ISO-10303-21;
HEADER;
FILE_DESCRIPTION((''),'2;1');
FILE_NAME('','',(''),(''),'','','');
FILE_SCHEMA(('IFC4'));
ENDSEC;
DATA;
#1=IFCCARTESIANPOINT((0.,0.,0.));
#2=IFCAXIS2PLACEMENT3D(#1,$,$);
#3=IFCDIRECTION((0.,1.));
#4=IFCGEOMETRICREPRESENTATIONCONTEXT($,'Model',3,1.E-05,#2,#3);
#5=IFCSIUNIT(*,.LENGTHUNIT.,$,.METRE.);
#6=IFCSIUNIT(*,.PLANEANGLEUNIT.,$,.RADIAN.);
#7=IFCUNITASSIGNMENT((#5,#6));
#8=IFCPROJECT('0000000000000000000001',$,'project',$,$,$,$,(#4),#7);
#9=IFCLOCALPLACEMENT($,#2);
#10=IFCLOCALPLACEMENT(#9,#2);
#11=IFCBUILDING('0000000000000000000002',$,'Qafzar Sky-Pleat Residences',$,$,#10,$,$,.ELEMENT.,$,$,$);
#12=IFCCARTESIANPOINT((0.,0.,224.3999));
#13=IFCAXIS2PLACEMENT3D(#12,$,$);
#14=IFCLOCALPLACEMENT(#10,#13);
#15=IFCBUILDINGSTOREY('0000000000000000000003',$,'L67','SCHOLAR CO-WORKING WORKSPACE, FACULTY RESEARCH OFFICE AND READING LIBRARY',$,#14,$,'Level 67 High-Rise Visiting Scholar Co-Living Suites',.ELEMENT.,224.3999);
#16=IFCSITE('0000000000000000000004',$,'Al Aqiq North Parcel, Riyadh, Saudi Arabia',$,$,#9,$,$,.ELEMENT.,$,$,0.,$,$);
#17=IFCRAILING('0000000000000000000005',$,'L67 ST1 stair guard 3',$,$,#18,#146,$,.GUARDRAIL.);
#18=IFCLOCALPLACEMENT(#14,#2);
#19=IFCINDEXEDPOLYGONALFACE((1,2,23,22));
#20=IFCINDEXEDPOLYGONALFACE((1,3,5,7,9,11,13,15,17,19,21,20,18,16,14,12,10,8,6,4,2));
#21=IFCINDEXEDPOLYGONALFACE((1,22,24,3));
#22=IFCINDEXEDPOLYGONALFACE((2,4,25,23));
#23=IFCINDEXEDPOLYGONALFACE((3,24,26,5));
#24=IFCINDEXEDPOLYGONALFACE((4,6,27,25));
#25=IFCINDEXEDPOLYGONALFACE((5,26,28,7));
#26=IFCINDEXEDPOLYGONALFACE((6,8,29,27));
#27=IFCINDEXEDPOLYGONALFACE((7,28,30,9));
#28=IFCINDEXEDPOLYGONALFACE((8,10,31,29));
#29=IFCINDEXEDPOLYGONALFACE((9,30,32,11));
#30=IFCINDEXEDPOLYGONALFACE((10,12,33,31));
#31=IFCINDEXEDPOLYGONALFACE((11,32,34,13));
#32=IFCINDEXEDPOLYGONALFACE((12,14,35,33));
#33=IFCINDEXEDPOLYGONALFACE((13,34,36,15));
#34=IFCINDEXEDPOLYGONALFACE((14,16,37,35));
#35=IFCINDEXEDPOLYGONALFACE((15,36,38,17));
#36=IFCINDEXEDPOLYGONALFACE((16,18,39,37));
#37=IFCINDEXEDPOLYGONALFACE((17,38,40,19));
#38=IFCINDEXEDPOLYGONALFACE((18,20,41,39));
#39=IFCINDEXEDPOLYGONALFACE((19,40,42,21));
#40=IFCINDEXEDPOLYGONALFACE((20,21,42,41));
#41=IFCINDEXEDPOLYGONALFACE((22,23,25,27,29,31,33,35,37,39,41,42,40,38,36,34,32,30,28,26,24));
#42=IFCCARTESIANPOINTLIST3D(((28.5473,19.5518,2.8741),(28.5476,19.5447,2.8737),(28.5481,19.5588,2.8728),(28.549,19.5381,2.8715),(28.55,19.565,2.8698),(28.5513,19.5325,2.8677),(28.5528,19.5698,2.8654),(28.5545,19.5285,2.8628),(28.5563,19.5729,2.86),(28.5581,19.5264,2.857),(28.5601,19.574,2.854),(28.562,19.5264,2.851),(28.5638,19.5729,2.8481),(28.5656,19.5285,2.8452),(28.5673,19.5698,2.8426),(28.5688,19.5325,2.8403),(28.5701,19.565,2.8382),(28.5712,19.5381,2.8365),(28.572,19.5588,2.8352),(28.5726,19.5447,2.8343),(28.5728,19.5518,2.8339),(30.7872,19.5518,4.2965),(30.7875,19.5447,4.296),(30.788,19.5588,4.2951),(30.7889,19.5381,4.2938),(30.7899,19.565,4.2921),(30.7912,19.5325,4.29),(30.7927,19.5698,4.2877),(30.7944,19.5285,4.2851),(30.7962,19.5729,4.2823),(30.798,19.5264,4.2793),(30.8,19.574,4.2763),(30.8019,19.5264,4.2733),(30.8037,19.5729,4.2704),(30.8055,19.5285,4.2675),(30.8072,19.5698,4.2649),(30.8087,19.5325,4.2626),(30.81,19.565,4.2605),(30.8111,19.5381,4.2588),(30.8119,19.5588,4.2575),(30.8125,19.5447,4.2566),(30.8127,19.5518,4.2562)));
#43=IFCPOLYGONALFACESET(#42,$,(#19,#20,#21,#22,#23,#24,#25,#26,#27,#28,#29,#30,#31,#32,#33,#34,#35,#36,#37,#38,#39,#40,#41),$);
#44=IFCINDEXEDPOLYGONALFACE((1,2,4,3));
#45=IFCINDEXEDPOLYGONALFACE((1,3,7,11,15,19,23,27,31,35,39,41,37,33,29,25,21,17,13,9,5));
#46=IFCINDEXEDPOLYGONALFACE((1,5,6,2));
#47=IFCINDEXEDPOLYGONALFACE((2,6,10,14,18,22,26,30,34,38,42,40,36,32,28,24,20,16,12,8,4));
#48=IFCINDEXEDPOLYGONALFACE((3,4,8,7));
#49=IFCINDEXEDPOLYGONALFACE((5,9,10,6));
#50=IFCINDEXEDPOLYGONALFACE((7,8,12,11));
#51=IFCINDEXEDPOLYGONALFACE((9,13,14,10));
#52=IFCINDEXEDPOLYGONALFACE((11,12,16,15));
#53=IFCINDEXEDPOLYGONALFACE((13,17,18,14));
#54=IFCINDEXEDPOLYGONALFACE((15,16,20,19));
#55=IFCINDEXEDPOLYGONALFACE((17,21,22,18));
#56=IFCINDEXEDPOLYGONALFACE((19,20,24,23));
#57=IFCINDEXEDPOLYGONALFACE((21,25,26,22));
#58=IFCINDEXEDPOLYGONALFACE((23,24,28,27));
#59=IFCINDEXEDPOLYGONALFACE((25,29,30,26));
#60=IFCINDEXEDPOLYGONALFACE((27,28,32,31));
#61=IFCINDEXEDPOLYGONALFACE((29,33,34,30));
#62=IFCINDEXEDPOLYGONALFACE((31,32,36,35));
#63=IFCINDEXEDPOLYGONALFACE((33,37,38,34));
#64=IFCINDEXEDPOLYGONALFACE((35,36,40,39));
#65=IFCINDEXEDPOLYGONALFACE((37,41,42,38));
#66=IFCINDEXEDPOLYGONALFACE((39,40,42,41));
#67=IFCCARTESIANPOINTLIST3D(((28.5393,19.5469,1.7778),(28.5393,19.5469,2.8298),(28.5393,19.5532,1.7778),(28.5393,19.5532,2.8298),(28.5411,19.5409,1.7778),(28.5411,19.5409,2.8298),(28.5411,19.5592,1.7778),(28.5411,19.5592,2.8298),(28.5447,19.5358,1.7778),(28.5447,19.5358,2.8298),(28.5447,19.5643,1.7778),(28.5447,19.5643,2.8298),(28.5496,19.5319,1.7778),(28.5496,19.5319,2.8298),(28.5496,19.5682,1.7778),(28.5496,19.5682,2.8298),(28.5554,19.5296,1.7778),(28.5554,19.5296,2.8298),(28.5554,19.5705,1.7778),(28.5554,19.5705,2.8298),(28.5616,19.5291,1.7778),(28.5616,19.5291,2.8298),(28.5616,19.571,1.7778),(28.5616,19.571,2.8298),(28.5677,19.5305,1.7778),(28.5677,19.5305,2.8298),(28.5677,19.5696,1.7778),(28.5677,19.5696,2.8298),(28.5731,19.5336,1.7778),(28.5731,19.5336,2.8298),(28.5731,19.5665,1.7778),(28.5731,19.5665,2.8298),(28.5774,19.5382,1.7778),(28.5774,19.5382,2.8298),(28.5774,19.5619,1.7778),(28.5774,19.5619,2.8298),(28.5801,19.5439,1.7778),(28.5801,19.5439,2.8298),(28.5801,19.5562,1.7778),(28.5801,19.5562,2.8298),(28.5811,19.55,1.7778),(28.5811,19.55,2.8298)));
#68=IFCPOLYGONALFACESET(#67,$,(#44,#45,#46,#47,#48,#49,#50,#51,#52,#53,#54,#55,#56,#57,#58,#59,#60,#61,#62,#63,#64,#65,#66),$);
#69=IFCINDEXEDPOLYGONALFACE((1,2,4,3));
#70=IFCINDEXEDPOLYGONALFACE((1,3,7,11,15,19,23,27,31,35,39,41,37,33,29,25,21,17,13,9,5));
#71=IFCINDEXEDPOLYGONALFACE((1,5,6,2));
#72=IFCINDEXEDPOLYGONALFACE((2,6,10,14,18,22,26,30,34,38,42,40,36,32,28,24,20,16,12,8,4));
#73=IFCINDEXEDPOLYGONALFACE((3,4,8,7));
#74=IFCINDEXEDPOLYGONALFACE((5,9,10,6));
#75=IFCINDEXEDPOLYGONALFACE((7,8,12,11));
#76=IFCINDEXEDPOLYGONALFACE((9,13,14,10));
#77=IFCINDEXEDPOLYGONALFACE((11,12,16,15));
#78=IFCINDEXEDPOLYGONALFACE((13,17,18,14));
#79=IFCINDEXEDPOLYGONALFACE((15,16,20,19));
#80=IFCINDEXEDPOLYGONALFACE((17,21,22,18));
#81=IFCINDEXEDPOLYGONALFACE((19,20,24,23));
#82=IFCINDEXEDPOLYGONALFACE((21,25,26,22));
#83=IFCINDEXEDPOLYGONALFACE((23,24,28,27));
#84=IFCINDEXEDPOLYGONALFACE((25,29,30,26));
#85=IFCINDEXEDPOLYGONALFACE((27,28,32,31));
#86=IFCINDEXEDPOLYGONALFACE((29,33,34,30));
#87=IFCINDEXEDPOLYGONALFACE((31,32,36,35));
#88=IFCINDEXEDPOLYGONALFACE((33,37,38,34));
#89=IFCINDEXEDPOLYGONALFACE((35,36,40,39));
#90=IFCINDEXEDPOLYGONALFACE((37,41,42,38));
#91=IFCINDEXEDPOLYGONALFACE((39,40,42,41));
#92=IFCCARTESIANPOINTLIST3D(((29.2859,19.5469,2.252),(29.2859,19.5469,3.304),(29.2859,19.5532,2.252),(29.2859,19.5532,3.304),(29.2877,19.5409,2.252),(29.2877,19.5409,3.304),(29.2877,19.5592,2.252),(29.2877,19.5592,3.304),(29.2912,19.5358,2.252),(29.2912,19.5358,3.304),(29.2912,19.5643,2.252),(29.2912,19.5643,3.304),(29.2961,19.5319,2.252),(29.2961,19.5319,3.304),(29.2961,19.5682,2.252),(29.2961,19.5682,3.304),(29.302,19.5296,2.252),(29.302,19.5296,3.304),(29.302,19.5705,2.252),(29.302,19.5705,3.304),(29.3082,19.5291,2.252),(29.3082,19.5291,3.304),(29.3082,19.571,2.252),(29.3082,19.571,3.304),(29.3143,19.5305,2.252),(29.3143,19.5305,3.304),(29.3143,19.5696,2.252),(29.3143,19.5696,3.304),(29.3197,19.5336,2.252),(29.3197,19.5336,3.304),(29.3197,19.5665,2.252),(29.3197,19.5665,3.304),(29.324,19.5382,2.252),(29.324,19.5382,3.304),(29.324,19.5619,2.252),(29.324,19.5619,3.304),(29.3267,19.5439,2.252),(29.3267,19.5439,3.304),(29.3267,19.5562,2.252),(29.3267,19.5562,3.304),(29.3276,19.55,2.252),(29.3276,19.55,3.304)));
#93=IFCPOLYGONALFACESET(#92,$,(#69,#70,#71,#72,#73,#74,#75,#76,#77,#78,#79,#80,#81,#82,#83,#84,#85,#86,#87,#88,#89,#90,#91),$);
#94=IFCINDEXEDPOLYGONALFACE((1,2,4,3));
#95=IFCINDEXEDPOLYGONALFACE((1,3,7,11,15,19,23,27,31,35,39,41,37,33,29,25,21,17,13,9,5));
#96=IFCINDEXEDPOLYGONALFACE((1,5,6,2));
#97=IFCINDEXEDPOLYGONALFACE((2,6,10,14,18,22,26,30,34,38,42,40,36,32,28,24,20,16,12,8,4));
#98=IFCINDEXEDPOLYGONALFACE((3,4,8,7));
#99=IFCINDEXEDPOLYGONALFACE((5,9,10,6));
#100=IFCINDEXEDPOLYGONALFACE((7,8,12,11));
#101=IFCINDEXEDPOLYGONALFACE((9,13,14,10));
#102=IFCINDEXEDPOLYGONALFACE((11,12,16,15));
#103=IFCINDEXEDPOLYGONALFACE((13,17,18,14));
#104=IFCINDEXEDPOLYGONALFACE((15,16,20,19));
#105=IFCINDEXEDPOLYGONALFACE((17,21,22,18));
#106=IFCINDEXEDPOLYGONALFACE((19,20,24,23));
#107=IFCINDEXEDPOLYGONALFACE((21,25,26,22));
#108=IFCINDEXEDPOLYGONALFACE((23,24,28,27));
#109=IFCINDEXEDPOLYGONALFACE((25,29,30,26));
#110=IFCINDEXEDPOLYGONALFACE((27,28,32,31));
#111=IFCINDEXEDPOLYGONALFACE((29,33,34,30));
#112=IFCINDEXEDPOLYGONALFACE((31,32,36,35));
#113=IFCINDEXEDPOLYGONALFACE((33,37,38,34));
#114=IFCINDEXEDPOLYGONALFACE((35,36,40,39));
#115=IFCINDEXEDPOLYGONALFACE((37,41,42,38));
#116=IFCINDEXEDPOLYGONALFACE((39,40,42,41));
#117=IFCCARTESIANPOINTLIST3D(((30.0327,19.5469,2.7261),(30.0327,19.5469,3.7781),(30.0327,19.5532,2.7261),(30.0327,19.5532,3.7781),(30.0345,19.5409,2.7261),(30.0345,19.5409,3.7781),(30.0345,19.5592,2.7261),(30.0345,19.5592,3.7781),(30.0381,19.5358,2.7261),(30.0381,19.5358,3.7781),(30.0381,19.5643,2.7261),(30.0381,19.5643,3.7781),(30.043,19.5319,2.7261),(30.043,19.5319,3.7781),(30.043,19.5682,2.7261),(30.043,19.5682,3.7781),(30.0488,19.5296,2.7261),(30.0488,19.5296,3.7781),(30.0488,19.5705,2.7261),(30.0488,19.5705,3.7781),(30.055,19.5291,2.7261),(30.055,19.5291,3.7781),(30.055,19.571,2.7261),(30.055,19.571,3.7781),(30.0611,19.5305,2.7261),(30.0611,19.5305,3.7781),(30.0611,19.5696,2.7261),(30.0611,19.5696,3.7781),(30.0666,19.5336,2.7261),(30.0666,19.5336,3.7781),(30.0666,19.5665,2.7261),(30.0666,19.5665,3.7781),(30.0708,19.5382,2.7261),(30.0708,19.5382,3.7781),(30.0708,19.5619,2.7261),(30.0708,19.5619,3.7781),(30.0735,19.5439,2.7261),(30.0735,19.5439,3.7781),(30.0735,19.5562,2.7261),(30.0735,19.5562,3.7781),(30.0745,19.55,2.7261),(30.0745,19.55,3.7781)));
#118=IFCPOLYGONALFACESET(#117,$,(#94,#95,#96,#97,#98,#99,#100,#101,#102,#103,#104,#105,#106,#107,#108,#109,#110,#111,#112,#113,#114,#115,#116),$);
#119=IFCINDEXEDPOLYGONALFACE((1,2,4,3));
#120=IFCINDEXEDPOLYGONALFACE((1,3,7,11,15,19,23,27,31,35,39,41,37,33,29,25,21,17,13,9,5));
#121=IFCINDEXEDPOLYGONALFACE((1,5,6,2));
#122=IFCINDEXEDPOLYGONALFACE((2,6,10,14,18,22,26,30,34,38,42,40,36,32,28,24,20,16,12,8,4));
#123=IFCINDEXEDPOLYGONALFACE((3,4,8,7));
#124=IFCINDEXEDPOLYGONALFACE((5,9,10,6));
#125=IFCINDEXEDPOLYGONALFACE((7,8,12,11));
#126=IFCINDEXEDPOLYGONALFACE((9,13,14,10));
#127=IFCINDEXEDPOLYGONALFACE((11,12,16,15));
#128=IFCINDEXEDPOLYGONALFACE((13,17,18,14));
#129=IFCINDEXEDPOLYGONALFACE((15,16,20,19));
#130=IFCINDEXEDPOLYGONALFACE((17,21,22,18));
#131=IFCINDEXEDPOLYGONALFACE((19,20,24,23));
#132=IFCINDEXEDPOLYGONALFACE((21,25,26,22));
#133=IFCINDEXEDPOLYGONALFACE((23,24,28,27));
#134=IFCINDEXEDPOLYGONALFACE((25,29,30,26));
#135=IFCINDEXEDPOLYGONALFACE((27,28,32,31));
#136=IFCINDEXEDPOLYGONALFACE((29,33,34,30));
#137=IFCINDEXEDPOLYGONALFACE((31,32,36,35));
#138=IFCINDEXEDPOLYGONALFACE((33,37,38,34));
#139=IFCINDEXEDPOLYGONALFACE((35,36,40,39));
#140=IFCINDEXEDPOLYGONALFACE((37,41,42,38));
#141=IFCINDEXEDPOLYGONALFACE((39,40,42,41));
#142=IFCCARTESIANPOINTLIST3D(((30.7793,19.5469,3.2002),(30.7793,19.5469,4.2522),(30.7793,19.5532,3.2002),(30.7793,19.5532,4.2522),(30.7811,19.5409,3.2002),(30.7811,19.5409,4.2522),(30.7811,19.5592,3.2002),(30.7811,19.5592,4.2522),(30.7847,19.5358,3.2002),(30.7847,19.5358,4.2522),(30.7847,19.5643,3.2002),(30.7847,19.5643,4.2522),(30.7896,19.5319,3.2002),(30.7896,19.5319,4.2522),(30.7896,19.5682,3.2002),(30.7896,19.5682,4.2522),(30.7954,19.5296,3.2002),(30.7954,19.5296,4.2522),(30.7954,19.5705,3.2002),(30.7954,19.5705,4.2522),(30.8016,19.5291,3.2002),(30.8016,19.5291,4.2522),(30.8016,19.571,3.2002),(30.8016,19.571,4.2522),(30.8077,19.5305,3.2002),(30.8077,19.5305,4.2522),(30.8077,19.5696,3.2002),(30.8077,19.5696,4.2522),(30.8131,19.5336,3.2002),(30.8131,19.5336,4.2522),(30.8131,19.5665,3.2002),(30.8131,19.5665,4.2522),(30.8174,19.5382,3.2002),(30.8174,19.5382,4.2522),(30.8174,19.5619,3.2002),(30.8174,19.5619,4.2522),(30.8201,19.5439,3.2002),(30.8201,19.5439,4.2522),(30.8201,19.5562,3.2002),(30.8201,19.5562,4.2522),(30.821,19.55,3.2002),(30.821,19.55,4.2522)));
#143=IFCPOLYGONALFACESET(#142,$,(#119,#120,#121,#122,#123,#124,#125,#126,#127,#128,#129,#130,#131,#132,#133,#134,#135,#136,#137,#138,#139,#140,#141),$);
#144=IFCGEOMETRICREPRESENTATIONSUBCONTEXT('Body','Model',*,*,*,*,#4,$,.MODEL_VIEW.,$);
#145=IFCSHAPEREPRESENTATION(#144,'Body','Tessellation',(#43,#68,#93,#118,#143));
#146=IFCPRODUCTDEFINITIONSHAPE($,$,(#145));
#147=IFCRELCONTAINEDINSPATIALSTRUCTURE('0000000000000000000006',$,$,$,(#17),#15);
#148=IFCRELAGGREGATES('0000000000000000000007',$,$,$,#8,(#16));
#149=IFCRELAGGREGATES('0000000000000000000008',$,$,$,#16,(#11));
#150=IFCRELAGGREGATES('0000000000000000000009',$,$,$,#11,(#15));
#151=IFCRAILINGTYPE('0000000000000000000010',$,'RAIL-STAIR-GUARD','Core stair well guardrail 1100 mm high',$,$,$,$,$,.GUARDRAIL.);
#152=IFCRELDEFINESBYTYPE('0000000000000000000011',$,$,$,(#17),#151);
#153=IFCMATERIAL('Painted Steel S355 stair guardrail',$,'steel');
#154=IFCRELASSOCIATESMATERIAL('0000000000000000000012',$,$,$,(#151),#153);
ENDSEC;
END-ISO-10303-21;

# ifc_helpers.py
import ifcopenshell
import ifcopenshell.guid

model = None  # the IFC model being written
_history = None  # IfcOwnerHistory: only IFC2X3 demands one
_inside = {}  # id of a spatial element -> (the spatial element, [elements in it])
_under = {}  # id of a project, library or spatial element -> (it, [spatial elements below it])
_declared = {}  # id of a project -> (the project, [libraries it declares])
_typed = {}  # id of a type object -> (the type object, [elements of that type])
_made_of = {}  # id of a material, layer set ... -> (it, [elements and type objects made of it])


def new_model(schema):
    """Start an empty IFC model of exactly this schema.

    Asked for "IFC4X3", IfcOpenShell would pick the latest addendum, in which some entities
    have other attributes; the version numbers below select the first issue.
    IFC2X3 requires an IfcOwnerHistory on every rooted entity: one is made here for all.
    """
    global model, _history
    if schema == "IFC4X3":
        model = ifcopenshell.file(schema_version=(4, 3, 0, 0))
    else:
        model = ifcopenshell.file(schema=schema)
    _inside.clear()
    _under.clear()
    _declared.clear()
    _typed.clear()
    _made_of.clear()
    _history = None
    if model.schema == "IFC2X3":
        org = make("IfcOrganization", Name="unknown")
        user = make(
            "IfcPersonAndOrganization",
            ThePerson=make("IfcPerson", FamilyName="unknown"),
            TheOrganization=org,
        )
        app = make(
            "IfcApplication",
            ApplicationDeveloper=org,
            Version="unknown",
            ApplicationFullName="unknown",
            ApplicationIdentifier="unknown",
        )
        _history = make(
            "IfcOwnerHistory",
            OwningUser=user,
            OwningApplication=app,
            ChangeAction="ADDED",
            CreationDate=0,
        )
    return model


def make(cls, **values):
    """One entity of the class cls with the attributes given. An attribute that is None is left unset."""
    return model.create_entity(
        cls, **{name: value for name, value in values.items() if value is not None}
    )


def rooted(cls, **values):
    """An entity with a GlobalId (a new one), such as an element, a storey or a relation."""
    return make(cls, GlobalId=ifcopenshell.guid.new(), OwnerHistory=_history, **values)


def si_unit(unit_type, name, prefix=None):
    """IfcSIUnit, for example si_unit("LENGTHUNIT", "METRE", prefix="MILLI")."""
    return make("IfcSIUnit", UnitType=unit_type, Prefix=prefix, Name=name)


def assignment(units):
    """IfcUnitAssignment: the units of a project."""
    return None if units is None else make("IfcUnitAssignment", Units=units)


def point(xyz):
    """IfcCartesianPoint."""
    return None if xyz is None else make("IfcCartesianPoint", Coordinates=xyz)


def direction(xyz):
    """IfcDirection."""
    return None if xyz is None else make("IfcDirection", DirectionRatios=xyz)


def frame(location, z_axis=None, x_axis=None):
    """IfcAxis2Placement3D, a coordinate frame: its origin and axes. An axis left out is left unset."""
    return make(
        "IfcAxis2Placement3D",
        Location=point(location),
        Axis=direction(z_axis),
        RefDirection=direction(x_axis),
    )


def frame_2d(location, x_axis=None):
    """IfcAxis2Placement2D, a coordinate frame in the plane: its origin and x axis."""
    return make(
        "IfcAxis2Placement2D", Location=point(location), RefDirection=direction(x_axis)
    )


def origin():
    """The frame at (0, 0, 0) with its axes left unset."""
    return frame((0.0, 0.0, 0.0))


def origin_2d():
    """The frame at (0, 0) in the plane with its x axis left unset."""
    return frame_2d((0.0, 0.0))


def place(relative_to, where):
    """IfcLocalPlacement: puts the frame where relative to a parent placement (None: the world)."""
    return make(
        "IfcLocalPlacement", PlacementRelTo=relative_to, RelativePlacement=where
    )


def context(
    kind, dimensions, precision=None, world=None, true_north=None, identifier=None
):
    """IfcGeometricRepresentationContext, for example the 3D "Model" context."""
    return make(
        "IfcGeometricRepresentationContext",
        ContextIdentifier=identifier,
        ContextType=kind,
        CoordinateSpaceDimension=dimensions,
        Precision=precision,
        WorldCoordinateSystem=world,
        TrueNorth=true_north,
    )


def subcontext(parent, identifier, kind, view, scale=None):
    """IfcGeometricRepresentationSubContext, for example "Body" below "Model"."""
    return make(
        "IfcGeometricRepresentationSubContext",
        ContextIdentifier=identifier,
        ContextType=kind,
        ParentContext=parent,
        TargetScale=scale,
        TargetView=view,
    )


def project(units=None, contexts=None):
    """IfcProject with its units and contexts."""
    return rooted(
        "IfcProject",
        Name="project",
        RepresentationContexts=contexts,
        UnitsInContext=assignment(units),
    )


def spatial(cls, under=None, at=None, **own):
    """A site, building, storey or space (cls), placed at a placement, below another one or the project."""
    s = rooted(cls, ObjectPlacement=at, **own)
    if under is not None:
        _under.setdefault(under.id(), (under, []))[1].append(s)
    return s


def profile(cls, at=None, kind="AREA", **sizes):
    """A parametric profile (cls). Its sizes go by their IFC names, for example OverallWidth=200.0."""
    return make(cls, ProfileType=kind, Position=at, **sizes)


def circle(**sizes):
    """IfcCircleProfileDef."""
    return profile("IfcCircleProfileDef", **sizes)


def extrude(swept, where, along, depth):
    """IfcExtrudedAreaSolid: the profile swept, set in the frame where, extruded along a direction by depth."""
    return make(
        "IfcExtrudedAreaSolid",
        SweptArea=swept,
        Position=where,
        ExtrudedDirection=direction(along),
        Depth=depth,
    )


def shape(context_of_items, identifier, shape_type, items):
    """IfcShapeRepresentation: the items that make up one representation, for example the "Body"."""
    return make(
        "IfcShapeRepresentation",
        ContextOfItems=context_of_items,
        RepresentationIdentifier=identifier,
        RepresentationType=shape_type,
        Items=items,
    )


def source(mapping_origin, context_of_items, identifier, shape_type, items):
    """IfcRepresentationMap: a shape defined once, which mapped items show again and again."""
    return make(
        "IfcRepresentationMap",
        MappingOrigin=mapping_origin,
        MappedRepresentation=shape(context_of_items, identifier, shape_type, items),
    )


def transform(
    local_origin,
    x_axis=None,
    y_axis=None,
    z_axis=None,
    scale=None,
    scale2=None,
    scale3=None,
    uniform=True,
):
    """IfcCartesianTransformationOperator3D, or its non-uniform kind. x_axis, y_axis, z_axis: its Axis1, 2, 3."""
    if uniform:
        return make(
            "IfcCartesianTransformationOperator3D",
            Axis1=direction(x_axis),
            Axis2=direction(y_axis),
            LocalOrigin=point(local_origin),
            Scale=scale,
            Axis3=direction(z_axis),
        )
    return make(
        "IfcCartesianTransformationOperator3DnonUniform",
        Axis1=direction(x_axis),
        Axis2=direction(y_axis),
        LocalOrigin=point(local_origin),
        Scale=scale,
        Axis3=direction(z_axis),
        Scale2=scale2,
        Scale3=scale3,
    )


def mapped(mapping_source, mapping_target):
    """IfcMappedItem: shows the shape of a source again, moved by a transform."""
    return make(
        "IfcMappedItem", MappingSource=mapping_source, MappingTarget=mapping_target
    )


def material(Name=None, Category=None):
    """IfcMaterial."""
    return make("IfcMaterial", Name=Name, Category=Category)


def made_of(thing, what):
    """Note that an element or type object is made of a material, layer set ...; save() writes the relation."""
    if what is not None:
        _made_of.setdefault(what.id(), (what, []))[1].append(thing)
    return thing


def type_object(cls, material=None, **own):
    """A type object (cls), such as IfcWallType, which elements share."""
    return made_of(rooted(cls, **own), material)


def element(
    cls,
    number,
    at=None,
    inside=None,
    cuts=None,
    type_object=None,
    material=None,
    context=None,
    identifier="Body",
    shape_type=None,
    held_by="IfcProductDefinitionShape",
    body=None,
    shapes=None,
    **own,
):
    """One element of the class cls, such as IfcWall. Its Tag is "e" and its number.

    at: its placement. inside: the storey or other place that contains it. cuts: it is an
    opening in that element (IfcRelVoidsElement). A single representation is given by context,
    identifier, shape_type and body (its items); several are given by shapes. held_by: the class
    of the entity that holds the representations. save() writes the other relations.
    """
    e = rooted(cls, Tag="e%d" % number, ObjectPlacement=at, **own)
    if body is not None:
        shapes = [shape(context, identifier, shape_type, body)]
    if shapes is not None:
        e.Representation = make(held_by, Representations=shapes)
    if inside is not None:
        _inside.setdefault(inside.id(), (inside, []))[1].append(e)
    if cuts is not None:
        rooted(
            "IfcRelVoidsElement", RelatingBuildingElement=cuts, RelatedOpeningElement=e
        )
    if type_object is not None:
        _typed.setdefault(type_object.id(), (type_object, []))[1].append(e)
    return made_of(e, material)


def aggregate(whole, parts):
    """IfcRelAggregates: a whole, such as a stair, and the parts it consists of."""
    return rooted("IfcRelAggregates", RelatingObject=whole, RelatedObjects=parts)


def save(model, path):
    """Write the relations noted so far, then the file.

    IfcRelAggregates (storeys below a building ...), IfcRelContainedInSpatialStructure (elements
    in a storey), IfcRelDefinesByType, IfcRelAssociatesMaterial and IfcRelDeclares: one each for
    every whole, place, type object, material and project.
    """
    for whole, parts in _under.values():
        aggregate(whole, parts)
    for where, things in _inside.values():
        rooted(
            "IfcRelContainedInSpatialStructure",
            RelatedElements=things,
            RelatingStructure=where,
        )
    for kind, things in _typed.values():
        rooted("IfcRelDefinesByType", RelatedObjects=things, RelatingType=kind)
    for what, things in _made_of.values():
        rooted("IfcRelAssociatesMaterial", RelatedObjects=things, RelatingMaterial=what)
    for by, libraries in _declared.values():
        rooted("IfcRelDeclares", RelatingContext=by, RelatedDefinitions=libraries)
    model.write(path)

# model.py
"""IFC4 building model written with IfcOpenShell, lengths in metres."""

from ifc_helpers import new_model, si_unit, direction, frame, origin, origin_2d, place, context, subcontext, project, spatial, circle, extrude, source, transform, mapped, material, type_object, element, save


model = new_model("IFC4")

# Units and contexts
model_context = context("Model", 3, precision=1e-05, world=origin(), true_north=direction((0.0, 1.0)))
body_context = subcontext(model_context, "Body", "Model", "MODEL_VIEW")
ifc_project = project(units=[si_unit("LENGTHUNIT", "METRE"), si_unit("PLANEANGLEUNIT", "RADIAN")], contexts=[model_context])

# Site, building, storey
site_placement = place(None, origin())
site = spatial("IfcSite", under=ifc_project, at=site_placement, Name="Al Aqiq North Parcel, Riyadh, Saudi Arabia", CompositionType="ELEMENT", RefElevation=0.0)
building_placement = place(site_placement, origin())
building = spatial("IfcBuilding", under=site, at=building_placement, Name="Qafzar Sky-Pleat Residences", CompositionType="ELEMENT")
storey_placement = place(building_placement, frame((0.0, 0.0, 224.3999)))
storey = spatial("IfcBuildingStorey", under=building, at=storey_placement, Name="L67", Description="SCHOLAR CO-WORKING WORKSPACE, FACULTY RESEARCH OFFICE AND READING LIBRARY", LongName="Level 67 High-Rise Visiting Scholar Co-Living Suites", CompositionType="ELEMENT", Elevation=224.3999)

# Railing
ifc_material_1 = material(Name="Painted Steel S355 stair guardrail", Category="steel")
railing_type_1 = type_object("IfcRailingType", Name="RAIL-STAIR-GUARD", Description="Core stair well guardrail 1100 mm high", PredefinedType="GUARDRAIL", material=ifc_material_1)
shared_shape_1 = source(origin(), body_context, "Body", "SweptSolid", [
    extrude(circle(Radius=0.0239, at=origin_2d()), frame((0.0, 0.0, 1.0762), z_axis=(0.844188, 0.0, 0.536048), x_axis=(0.0, 1.0, 0.0)), (0.0, 0.0, 1.0), 2.6533),
    extrude(circle(Radius=0.021, at=origin_2d()), origin(), (0.0, 0.0, 1.0), 1.052),
    extrude(circle(Radius=0.021, at=origin_2d()), frame((0.7466, 0.0, 0.4741)), (0.0, 0.0, 1.0), 1.052),
    extrude(circle(Radius=0.021, at=origin_2d()), frame((1.4934, 0.0, 0.9482)), (0.0, 0.0, 1.0), 1.052),
    extrude(circle(Radius=0.021, at=origin_2d()), frame((2.24, 0.0, 1.4224)), (0.0, 0.0, 1.0), 1.052),
])
railing_1_placement = place(storey_placement, frame((28.5601, 19.55, 1.7778)))
element("IfcRailing", 1, at=railing_1_placement, inside=storey, type_object=railing_type_1, Name="L67 ST1 stair guard 3", PredefinedType="GUARDRAIL", context=body_context, shape_type="MappedRepresentation", body=[
    mapped(shared_shape_1, transform((0.0, 0.0, 0.0), x_axis=(1.0, 0.0, 0.0), y_axis=(0.0, 1.0, 0.0), z_axis=(0.0, 0.0, 1.0), scale=1.0)),
])

save(model, "model.ifc")
